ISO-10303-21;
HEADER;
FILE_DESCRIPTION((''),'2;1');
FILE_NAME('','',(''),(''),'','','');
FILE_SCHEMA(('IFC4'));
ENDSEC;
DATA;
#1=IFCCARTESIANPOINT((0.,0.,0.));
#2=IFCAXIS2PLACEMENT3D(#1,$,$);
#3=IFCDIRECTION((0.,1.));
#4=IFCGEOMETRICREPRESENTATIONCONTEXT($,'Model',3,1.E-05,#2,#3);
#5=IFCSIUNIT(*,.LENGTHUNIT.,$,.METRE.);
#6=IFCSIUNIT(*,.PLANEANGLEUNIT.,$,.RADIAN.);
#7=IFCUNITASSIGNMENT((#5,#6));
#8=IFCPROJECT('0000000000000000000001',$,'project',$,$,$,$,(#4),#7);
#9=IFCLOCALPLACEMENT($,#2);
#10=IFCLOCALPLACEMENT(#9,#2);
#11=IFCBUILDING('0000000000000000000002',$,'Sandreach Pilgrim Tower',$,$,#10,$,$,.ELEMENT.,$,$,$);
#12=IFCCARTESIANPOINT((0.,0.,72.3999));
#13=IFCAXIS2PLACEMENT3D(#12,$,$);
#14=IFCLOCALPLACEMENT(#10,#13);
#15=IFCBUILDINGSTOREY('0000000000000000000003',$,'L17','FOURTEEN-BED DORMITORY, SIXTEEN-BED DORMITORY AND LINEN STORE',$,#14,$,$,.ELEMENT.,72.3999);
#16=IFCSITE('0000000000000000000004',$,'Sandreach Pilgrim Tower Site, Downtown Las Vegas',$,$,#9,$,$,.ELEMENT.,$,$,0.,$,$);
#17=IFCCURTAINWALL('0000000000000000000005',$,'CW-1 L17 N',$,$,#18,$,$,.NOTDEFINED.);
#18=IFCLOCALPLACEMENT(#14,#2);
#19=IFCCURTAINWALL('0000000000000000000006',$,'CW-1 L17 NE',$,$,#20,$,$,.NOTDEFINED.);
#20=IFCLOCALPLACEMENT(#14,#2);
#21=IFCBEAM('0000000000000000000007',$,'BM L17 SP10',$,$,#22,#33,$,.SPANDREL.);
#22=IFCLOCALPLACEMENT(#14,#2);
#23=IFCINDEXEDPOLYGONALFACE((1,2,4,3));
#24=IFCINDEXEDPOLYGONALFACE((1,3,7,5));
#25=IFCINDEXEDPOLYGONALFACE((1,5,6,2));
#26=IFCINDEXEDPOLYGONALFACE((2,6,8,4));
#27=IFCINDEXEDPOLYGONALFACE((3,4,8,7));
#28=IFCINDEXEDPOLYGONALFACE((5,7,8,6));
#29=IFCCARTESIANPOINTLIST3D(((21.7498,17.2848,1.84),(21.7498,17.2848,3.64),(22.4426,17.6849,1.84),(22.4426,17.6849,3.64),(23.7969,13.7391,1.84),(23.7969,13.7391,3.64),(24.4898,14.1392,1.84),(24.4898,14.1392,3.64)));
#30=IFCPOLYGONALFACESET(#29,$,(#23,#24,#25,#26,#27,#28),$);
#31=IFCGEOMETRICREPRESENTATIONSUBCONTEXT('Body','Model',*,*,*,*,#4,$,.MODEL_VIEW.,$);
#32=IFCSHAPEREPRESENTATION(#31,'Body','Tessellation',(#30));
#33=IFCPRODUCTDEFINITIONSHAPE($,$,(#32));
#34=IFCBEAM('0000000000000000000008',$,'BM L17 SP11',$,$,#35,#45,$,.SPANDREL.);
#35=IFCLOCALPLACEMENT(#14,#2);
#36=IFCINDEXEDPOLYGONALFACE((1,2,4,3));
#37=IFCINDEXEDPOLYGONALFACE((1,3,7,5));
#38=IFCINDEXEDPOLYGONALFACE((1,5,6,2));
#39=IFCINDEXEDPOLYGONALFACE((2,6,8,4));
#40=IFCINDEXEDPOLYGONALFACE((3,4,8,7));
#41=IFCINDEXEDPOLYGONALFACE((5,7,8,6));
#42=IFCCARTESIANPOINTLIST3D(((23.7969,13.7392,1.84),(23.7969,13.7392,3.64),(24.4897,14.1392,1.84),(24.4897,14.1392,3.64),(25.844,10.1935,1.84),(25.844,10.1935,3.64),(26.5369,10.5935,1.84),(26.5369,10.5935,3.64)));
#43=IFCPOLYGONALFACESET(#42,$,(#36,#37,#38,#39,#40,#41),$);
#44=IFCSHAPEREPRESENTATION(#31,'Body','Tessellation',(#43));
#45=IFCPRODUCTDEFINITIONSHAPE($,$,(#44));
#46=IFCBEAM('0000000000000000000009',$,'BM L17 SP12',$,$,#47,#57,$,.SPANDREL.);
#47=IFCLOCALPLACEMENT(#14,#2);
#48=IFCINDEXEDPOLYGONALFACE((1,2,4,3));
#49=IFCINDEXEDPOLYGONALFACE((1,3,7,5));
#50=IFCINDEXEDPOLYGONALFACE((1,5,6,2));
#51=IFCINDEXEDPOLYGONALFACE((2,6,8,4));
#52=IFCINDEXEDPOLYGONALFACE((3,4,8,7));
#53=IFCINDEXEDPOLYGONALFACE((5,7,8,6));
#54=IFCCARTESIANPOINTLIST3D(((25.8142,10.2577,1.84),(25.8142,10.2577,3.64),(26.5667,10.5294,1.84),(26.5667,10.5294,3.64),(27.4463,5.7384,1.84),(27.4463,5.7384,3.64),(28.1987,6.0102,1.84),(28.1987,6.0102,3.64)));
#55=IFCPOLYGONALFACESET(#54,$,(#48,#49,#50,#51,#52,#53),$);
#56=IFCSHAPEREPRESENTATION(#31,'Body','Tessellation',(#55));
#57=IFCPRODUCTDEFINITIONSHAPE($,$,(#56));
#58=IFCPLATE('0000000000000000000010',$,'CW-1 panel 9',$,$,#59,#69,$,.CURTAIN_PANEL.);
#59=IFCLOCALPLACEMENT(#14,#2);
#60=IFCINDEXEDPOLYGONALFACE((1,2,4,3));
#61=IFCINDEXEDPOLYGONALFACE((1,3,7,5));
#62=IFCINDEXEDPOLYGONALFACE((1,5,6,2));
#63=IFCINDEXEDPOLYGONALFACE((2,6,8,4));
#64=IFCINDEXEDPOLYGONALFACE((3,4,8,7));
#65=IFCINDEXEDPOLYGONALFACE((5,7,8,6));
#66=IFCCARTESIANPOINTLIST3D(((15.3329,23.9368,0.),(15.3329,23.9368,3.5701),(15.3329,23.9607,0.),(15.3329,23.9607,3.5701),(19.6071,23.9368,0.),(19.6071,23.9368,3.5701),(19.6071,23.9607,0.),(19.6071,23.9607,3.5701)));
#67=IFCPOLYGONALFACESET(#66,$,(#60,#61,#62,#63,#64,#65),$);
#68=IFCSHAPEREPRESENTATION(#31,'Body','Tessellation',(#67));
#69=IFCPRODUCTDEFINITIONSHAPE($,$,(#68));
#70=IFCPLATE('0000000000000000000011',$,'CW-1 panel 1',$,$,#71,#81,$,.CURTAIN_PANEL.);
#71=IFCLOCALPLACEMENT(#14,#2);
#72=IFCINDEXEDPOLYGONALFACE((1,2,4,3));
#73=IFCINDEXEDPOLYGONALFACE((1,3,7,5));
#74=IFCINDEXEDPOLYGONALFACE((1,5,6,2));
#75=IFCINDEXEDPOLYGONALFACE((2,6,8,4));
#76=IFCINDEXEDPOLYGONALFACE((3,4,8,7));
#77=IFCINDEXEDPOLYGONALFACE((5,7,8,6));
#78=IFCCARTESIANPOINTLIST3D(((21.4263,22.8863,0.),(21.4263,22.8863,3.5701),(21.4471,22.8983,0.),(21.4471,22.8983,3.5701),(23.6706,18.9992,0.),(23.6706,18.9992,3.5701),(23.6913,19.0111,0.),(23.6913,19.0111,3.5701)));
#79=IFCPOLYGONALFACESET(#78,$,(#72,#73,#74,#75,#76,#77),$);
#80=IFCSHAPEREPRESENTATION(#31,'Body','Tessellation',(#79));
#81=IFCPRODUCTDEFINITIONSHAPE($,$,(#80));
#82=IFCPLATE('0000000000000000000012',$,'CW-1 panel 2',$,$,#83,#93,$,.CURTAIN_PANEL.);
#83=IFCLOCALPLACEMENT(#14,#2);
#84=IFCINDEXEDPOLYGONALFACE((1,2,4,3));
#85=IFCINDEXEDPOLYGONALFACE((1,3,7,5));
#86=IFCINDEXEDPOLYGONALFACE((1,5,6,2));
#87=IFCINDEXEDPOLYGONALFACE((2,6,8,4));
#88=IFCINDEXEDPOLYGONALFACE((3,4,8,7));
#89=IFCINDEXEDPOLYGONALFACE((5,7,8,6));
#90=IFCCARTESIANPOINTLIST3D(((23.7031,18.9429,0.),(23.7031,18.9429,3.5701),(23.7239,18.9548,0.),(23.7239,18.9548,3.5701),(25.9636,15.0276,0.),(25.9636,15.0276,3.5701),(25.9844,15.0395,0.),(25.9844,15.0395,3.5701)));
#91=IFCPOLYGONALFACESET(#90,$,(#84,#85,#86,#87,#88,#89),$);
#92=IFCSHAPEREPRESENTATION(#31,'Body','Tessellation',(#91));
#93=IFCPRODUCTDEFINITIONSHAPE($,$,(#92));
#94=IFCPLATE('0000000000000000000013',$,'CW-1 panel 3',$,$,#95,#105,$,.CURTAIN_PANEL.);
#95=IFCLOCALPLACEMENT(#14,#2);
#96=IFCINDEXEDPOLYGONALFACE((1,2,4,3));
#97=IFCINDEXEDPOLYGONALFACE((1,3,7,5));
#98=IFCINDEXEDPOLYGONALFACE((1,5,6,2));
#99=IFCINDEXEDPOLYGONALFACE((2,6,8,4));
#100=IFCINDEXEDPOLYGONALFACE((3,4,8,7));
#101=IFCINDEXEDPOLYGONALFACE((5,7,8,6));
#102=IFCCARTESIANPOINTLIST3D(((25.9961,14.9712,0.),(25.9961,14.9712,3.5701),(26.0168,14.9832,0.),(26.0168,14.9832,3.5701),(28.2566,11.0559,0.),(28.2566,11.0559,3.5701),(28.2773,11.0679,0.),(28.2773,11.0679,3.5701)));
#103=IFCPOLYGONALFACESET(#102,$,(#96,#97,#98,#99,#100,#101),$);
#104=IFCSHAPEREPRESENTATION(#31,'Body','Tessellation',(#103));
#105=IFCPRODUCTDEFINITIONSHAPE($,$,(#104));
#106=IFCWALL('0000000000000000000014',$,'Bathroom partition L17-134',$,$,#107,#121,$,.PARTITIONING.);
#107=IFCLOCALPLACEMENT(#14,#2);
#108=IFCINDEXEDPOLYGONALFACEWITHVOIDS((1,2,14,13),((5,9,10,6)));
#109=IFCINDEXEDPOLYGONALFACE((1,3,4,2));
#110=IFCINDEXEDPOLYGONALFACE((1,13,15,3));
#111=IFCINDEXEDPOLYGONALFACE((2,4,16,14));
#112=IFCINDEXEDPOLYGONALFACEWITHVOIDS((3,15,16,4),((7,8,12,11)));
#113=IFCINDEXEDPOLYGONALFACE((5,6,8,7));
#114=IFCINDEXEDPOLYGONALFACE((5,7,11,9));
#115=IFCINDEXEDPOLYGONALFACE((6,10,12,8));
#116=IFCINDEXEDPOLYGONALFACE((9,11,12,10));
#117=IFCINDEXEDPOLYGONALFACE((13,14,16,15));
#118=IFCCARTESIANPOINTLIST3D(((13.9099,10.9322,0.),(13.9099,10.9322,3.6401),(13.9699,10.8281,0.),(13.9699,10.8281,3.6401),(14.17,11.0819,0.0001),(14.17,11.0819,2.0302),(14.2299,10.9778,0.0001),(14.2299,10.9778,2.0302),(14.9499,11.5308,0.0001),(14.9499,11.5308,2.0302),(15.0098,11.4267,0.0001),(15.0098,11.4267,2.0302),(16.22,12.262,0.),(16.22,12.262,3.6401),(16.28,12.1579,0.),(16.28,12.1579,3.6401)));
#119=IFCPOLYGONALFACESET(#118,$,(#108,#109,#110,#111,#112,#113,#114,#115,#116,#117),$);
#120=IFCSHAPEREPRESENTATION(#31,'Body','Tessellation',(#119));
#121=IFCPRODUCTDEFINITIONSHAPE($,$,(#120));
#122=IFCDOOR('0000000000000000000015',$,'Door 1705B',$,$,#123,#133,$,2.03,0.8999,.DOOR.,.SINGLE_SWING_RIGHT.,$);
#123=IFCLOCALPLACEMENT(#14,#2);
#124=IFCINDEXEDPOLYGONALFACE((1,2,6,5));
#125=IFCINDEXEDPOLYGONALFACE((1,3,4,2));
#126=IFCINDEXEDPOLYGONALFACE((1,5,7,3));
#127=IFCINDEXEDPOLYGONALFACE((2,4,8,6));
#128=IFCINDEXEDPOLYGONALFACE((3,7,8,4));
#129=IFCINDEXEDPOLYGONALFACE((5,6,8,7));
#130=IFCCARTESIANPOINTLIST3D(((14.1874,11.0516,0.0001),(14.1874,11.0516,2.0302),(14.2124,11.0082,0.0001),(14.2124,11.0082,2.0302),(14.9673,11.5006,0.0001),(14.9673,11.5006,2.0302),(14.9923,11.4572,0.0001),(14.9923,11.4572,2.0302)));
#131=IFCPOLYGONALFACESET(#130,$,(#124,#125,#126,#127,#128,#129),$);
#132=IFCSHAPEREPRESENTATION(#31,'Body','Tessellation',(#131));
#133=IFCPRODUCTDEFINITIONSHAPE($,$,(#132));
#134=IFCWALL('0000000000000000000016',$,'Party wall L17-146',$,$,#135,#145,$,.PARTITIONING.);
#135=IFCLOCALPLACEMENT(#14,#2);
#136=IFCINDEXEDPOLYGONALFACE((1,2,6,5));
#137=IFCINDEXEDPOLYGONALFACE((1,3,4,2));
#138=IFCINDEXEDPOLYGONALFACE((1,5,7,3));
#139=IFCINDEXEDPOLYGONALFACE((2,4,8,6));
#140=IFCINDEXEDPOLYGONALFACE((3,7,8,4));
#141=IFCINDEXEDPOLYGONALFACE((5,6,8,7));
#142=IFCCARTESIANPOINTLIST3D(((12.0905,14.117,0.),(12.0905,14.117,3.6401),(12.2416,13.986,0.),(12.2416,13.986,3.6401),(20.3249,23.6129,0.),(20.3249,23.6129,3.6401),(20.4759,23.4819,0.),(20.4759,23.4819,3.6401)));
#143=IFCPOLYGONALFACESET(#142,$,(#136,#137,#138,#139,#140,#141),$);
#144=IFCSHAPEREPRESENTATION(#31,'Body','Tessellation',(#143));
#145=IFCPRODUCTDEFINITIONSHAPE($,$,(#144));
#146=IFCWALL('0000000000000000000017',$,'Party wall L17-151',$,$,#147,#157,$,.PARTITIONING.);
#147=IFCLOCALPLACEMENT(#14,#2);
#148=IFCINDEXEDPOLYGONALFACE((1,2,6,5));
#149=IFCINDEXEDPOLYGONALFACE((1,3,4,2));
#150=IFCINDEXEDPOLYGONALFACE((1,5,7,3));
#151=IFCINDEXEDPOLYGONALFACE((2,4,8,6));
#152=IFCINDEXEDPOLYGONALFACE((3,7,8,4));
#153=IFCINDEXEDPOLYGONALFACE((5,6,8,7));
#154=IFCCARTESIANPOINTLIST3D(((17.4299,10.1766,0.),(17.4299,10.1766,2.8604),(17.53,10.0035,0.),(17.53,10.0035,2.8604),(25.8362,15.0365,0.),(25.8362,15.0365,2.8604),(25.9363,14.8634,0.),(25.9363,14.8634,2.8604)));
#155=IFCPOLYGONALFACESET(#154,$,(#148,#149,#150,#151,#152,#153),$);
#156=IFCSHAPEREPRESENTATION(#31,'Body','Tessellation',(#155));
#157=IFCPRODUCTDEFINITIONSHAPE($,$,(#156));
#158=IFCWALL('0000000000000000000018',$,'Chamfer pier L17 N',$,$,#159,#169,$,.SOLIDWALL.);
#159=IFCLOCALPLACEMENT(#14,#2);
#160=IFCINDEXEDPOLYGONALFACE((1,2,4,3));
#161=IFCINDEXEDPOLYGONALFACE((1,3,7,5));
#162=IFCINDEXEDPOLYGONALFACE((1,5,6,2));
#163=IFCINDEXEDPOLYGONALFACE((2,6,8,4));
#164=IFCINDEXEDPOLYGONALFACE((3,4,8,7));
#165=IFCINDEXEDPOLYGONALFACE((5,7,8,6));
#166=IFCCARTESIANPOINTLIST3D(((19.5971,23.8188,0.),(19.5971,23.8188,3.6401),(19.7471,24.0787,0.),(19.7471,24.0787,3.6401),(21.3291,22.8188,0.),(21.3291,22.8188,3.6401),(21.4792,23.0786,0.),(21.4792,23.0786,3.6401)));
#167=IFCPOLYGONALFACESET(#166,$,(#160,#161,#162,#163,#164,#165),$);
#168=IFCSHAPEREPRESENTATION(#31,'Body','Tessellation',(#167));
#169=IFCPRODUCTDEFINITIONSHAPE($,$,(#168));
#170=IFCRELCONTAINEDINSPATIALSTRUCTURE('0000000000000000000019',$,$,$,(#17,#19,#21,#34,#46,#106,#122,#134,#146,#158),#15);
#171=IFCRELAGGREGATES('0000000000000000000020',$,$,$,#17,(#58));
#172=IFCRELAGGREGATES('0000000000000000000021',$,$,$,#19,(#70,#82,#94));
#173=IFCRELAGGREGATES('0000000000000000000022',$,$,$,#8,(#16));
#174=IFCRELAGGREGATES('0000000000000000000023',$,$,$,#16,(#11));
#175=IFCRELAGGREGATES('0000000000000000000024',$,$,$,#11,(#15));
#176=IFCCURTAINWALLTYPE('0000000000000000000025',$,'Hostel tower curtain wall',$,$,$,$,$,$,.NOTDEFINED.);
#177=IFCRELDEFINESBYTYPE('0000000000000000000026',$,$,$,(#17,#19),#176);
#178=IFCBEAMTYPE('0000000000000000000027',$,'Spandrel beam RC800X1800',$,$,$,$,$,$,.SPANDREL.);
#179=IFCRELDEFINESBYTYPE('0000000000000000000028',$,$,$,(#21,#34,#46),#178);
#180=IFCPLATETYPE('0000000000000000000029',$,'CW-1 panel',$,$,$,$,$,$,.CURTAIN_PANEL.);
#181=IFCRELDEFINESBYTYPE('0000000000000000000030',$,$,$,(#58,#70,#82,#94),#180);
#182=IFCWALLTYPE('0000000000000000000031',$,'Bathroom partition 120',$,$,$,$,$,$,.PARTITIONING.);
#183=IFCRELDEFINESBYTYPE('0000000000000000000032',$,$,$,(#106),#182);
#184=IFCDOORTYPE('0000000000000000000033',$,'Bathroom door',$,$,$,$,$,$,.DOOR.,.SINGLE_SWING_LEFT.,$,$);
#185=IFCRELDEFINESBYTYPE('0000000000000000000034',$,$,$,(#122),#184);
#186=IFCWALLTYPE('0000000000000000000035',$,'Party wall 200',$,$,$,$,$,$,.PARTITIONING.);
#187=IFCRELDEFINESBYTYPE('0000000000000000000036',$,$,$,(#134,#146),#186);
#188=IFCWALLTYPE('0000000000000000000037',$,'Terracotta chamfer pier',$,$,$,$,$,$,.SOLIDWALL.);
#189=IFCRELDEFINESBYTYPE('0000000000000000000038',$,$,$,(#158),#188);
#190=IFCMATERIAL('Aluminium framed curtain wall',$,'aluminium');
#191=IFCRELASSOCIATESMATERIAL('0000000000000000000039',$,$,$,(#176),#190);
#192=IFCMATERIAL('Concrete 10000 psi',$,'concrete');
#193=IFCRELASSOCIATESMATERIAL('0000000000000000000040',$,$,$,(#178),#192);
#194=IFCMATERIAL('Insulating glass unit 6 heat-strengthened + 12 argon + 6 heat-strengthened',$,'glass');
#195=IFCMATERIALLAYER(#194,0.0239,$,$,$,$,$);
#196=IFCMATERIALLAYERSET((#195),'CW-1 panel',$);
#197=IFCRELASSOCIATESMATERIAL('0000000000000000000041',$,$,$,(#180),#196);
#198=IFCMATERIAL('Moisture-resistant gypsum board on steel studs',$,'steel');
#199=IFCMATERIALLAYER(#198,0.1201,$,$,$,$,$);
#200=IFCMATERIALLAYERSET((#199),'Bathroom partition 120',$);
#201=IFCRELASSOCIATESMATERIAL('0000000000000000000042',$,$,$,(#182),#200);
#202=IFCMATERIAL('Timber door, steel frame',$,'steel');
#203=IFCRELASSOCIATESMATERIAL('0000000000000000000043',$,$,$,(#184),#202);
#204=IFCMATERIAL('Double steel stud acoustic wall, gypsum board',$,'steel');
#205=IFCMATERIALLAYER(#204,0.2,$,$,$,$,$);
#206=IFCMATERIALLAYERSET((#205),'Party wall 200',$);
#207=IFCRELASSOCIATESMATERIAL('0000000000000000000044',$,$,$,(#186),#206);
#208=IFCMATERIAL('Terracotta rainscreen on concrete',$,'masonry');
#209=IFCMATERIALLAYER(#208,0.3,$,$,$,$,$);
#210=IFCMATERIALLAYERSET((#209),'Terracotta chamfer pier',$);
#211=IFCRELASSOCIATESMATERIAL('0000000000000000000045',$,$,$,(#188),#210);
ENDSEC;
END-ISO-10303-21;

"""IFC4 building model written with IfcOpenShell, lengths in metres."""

from ifc_helpers import new_model, si_unit, direction, frame, frame_2d, origin, origin_2d, place, context, subcontext, project, spatial, rectangle, extrude, material, layer, layer_set, material_profile, profile_set, type_object, element, fill, aggregate, save


model = new_model("IFC4")

# Units and contexts
model_context = context("Model", 3, precision=1e-05, world=origin(), true_north=direction((0.0, 1.0)))
body_context = subcontext(model_context, "Body", "Model", "MODEL_VIEW")
ifc_project = project(units=[si_unit("LENGTHUNIT", "METRE"), si_unit("PLANEANGLEUNIT", "RADIAN")], contexts=[model_context])

# Site, building, storey
site_placement = place(None, origin())
site = spatial("IfcSite", under=ifc_project, at=site_placement, Name="Sandreach Pilgrim Tower Site, Downtown Las Vegas", CompositionType="ELEMENT", RefElevation=0.0)
building_placement = place(site_placement, origin())
building = spatial("IfcBuilding", under=site, at=building_placement, Name="Sandreach Pilgrim Tower", CompositionType="ELEMENT")
storey_placement = place(building_placement, frame((0.0, 0.0, 72.3999)))
storey = spatial("IfcBuildingStorey", under=building, at=storey_placement, Name="L17", Description="FOURTEEN-BED DORMITORY, SIXTEEN-BED DORMITORY AND LINEN STORE", CompositionType="ELEMENT", Elevation=72.3999)

# Curtain wall
ifc_material_1 = material(Name="Aluminium framed curtain wall", Category="aluminium")
curtain_wall_type = type_object("IfcCurtainWallType", Name="Hostel tower curtain wall", PredefinedType="NOTDEFINED", material=ifc_material_1)
curtain_wall_1_placement = place(storey_placement, origin())
curtain_wall_1 = element("IfcCurtainWall", 1, at=curtain_wall_1_placement, inside=storey, type_object=curtain_wall_type, Name="CW-1 L17 N", PredefinedType="NOTDEFINED")

# Curtain wall
curtain_wall_2_placement = place(storey_placement, origin())
curtain_wall_2 = element("IfcCurtainWall", 2, at=curtain_wall_2_placement, inside=storey, type_object=curtain_wall_type, Name="CW-1 L17 NE", PredefinedType="NOTDEFINED")

# Beams
ifc_material_2 = material(Name="Concrete 10000 psi", Category="concrete")
ifc_material_profile_1 = material_profile(ifc_material_2, rectangle(XDim=0.8, YDim=1.8, at=origin_2d()), Name="RC800X1800")
ifc_profile_set_1 = profile_set([ifc_material_profile_1], Name="Concrete 10000 psi")
beam_type_1 = type_object("IfcBeamType", Name="Spandrel beam RC800X1800", PredefinedType="SPANDREL", material=ifc_profile_set_1)
for number, where, z_axis, x_axis, name in (
    (3, (22.0962, 17.4849, 2.74), (0.500006, -0.866022, 0.0), (0.866022, 0.500006, 0.0), "BM L17 SP10"),
    (4, (24.1433, 13.9392, 2.74), (0.500006, -0.866022, 0.0), (0.866022, 0.500006, 0.0), "BM L17 SP11"),
):
    element("IfcBeam", number, at=place(storey_placement, frame(where, z_axis=z_axis, x_axis=x_axis)), inside=storey, type_object=beam_type_1, Name=name, PredefinedType="SPANDREL", context=body_context, shape_type="SweptSolid", body=[
        extrude(rectangle(XDim=0.8, YDim=1.8, at=origin_2d()), origin(), (0.0, 0.0, 1.0), 4.0942),
    ])
beam_1_placement = place(storey_placement, frame((26.1904, 10.3936, 2.74), z_axis=(0.339666, -0.940546, 0.0), x_axis=(0.940546, 0.339666, 0.0)))
element("IfcBeam", 5, at=beam_1_placement, inside=storey, type_object=beam_type_1, Name="BM L17 SP12", PredefinedType="SPANDREL", context=body_context, shape_type="SweptSolid", body=[
    extrude(rectangle(XDim=0.8, YDim=1.8, at=origin_2d()), origin(), (0.0, 0.0, 1.0), 4.8049),
])

# Plates
ifc_material_3 = material(Name="Insulating glass unit 6 heat-strengthened + 12 argon + 6 heat-strengthened", Category="glass")
ifc_layer_1 = layer(ifc_material_3, 0.0239)
ifc_layer_set_1 = layer_set([ifc_layer_1], Name="CW-1 panel")
plate_type = type_object("IfcPlateType", Name="CW-1 panel", PredefinedType="CURTAIN_PANEL", material=ifc_layer_set_1)
plate_1_placement = place(storey_placement, frame((17.47, 23.9487, 0.0), z_axis=(0.0, 0.0, 1.0), x_axis=(1.0, 0.0, 0.0)))
plate_1 = element("IfcPlate", 6, at=plate_1_placement, type_object=plate_type, Name="CW-1 panel 9", PredefinedType="CURTAIN_PANEL", context=body_context, shape_type="SweptSolid", body=[
    extrude(rectangle(XDim=4.2742, YDim=0.0239, at=origin_2d()), origin(), (0.0, 0.0, 1.0), 3.5701),
])
aggregate(curtain_wall_1, [plate_1])
plate_2_placement = place(storey_placement, frame((22.5588, 20.9487, 0.0), z_axis=(0.0, 0.0, 1.0), x_axis=(0.5, -0.866025, 0.0)))
plate_2 = element("IfcPlate", 7, at=plate_2_placement, type_object=plate_type, Name="CW-1 panel 1", PredefinedType="CURTAIN_PANEL", context=body_context, shape_type="SweptSolid", body=[
    extrude(rectangle(XDim=4.4885, YDim=0.0239, at=origin_2d()), origin(), (0.0, 0.0, 1.0), 3.5701),
])
plate_3_placement = place(storey_placement, frame((24.8438, 16.9912, 0.0), z_axis=(0.0, 0.0, 1.0), x_axis=(0.5, -0.866025, 0.0)))
plate_3 = element("IfcPlate", 8, at=plate_3_placement, type_object=plate_type, Name="CW-1 panel 2", PredefinedType="CURTAIN_PANEL", context=body_context, shape_type="SweptSolid", body=[
    extrude(rectangle(XDim=4.521, YDim=0.0239, at=origin_2d()), origin(), (0.0, 0.0, 1.0), 3.5701),
])
plate_4_placement = place(storey_placement, frame((27.1367, 13.0195, 0.0), z_axis=(0.0, 0.0, 1.0), x_axis=(0.5, -0.866025, 0.0)))
plate_4 = element("IfcPlate", 9, at=plate_4_placement, type_object=plate_type, Name="CW-1 panel 3", PredefinedType="CURTAIN_PANEL", context=body_context, shape_type="SweptSolid", body=[
    extrude(rectangle(XDim=4.521, YDim=0.0239, at=origin_2d()), origin(), (0.0, 0.0, 1.0), 3.5701),
])
aggregate(curtain_wall_2, [plate_2, plate_3, plate_4])

# Wall, opening, door
ifc_material_4 = material(Name="Moisture-resistant gypsum board on steel studs", Category="steel")
ifc_layer_2 = layer(ifc_material_4, 0.1201)
ifc_layer_set_2 = layer_set([ifc_layer_2], Name="Bathroom partition 120")
wall_type_1 = type_object("IfcWallType", Name="Bathroom partition 120", PredefinedType="PARTITIONING", material=ifc_layer_set_2)
wall_1_placement = place(storey_placement, frame((16.25, 12.21, 0.0), z_axis=(0.0, 0.0, 1.0), x_axis=(-0.866655, -0.498908, 0.0)))
wall_1 = element("IfcWall", 10, at=wall_1_placement, inside=storey, type_object=wall_type_1, Name="Bathroom partition L17-134", PredefinedType="PARTITIONING", context=body_context, shape_type="SweptSolid", body=[
    extrude(rectangle(XDim=2.6655, YDim=0.1201, at=frame_2d((1.3328, 0.0))), origin(), (0.0, 0.0, 1.0), 3.6401),
])
opening_placement = place(wall_1_placement, frame((1.4656, 0.0, 0.0)))
opening = element("IfcOpeningElement", 11, at=opening_placement, cuts=wall_1, PredefinedType="OPENING", context=body_context, shape_type="SweptSolid", body=[
    extrude(rectangle(XDim=0.8999, YDim=2.03, at=frame_2d((0.45, 1.0151))), frame((0.0, 0.0601, 0.0), z_axis=(0.0, -1.0, 0.0), x_axis=(1.0, 0.0, 0.0)), (0.0, 0.0, 1.0), 0.1201),
])
ifc_material_5 = material(Name="Timber door, steel frame", Category="steel")
door_type = type_object("IfcDoorType", Name="Bathroom door", OperationType="SINGLE_SWING_LEFT", PredefinedType="DOOR", material=ifc_material_5)
door_placement = place(opening_placement, origin())
door = element("IfcDoor", 12, at=door_placement, inside=storey, type_object=door_type, Name="Door 1705B", OperationType="SINGLE_SWING_RIGHT", OverallHeight=2.03, OverallWidth=0.8999, PredefinedType="DOOR", context=body_context, shape_type="SweptSolid", body=[
    extrude(rectangle(XDim=0.8999, YDim=2.03, at=frame_2d((0.45, 1.0151))), frame((0.0, 0.0249, 0.0), z_axis=(0.0, -1.0, 0.0), x_axis=(1.0, 0.0, 0.0)), (0.0, 0.0, 1.0), 0.05),
])
fill(opening, door)

# Walls
ifc_material_6 = material(Name="Double steel stud acoustic wall, gypsum board", Category="steel")
ifc_layer_3 = layer(ifc_material_6, 0.2)
ifc_layer_set_3 = layer_set([ifc_layer_3], Name="Party wall 200")
wall_type_2 = type_object("IfcWallType", Name="Party wall 200", PredefinedType="PARTITIONING", material=ifc_layer_set_3)
wall_2_placement = place(storey_placement, frame((20.4004, 23.5474, 0.0), z_axis=(0.0, 0.0, 1.0), x_axis=(-0.655141, -0.755506, 0.0)))
element("IfcWall", 13, at=wall_2_placement, inside=storey, type_object=wall_type_2, Name="Party wall L17-146", PredefinedType="PARTITIONING", context=body_context, shape_type="SweptSolid", body=[
    extrude(rectangle(XDim=12.5688, YDim=0.2, at=frame_2d((6.2844, 0.0))), origin(), (0.0, 0.0, 1.0), 3.6401),
])
wall_3_placement = place(storey_placement, frame((25.8862, 14.95, 0.0), z_axis=(0.0, 0.0, 1.0), x_axis=(-0.865735, -0.500503, 0.0)))
element("IfcWall", 14, at=wall_3_placement, inside=storey, type_object=wall_type_2, Name="Party wall L17-151", PredefinedType="PARTITIONING", context=body_context, shape_type="SweptSolid", body=[
    extrude(rectangle(XDim=9.71, YDim=0.2, at=frame_2d((4.855, 0.0))), origin(), (0.0, 0.0, 1.0), 2.8604),
])
ifc_material_7 = material(Name="Terracotta rainscreen on concrete", Category="masonry")
ifc_layer_4 = layer(ifc_material_7, 0.3)
ifc_layer_set_4 = layer_set([ifc_layer_4], Name="Terracotta chamfer pier")
wall_type_3 = type_object("IfcWallType", Name="Terracotta chamfer pier", PredefinedType="SOLIDWALL", material=ifc_layer_set_4)
wall_4_placement = place(storey_placement, frame((19.6721, 23.9487, 0.0), z_axis=(0.0, 0.0, 1.0), x_axis=(0.866011, -0.500025, 0.0)))
element("IfcWall", 15, at=wall_4_placement, inside=storey, type_object=wall_type_3, Name="Chamfer pier L17 N", PredefinedType="SOLIDWALL", context=body_context, shape_type="SweptSolid", body=[
    extrude(rectangle(XDim=2.0, YDim=0.3, at=frame_2d((1.0, 0.0))), origin(), (0.0, 0.0, 1.0), 3.6401),
])

save(model, "model.ifc")
